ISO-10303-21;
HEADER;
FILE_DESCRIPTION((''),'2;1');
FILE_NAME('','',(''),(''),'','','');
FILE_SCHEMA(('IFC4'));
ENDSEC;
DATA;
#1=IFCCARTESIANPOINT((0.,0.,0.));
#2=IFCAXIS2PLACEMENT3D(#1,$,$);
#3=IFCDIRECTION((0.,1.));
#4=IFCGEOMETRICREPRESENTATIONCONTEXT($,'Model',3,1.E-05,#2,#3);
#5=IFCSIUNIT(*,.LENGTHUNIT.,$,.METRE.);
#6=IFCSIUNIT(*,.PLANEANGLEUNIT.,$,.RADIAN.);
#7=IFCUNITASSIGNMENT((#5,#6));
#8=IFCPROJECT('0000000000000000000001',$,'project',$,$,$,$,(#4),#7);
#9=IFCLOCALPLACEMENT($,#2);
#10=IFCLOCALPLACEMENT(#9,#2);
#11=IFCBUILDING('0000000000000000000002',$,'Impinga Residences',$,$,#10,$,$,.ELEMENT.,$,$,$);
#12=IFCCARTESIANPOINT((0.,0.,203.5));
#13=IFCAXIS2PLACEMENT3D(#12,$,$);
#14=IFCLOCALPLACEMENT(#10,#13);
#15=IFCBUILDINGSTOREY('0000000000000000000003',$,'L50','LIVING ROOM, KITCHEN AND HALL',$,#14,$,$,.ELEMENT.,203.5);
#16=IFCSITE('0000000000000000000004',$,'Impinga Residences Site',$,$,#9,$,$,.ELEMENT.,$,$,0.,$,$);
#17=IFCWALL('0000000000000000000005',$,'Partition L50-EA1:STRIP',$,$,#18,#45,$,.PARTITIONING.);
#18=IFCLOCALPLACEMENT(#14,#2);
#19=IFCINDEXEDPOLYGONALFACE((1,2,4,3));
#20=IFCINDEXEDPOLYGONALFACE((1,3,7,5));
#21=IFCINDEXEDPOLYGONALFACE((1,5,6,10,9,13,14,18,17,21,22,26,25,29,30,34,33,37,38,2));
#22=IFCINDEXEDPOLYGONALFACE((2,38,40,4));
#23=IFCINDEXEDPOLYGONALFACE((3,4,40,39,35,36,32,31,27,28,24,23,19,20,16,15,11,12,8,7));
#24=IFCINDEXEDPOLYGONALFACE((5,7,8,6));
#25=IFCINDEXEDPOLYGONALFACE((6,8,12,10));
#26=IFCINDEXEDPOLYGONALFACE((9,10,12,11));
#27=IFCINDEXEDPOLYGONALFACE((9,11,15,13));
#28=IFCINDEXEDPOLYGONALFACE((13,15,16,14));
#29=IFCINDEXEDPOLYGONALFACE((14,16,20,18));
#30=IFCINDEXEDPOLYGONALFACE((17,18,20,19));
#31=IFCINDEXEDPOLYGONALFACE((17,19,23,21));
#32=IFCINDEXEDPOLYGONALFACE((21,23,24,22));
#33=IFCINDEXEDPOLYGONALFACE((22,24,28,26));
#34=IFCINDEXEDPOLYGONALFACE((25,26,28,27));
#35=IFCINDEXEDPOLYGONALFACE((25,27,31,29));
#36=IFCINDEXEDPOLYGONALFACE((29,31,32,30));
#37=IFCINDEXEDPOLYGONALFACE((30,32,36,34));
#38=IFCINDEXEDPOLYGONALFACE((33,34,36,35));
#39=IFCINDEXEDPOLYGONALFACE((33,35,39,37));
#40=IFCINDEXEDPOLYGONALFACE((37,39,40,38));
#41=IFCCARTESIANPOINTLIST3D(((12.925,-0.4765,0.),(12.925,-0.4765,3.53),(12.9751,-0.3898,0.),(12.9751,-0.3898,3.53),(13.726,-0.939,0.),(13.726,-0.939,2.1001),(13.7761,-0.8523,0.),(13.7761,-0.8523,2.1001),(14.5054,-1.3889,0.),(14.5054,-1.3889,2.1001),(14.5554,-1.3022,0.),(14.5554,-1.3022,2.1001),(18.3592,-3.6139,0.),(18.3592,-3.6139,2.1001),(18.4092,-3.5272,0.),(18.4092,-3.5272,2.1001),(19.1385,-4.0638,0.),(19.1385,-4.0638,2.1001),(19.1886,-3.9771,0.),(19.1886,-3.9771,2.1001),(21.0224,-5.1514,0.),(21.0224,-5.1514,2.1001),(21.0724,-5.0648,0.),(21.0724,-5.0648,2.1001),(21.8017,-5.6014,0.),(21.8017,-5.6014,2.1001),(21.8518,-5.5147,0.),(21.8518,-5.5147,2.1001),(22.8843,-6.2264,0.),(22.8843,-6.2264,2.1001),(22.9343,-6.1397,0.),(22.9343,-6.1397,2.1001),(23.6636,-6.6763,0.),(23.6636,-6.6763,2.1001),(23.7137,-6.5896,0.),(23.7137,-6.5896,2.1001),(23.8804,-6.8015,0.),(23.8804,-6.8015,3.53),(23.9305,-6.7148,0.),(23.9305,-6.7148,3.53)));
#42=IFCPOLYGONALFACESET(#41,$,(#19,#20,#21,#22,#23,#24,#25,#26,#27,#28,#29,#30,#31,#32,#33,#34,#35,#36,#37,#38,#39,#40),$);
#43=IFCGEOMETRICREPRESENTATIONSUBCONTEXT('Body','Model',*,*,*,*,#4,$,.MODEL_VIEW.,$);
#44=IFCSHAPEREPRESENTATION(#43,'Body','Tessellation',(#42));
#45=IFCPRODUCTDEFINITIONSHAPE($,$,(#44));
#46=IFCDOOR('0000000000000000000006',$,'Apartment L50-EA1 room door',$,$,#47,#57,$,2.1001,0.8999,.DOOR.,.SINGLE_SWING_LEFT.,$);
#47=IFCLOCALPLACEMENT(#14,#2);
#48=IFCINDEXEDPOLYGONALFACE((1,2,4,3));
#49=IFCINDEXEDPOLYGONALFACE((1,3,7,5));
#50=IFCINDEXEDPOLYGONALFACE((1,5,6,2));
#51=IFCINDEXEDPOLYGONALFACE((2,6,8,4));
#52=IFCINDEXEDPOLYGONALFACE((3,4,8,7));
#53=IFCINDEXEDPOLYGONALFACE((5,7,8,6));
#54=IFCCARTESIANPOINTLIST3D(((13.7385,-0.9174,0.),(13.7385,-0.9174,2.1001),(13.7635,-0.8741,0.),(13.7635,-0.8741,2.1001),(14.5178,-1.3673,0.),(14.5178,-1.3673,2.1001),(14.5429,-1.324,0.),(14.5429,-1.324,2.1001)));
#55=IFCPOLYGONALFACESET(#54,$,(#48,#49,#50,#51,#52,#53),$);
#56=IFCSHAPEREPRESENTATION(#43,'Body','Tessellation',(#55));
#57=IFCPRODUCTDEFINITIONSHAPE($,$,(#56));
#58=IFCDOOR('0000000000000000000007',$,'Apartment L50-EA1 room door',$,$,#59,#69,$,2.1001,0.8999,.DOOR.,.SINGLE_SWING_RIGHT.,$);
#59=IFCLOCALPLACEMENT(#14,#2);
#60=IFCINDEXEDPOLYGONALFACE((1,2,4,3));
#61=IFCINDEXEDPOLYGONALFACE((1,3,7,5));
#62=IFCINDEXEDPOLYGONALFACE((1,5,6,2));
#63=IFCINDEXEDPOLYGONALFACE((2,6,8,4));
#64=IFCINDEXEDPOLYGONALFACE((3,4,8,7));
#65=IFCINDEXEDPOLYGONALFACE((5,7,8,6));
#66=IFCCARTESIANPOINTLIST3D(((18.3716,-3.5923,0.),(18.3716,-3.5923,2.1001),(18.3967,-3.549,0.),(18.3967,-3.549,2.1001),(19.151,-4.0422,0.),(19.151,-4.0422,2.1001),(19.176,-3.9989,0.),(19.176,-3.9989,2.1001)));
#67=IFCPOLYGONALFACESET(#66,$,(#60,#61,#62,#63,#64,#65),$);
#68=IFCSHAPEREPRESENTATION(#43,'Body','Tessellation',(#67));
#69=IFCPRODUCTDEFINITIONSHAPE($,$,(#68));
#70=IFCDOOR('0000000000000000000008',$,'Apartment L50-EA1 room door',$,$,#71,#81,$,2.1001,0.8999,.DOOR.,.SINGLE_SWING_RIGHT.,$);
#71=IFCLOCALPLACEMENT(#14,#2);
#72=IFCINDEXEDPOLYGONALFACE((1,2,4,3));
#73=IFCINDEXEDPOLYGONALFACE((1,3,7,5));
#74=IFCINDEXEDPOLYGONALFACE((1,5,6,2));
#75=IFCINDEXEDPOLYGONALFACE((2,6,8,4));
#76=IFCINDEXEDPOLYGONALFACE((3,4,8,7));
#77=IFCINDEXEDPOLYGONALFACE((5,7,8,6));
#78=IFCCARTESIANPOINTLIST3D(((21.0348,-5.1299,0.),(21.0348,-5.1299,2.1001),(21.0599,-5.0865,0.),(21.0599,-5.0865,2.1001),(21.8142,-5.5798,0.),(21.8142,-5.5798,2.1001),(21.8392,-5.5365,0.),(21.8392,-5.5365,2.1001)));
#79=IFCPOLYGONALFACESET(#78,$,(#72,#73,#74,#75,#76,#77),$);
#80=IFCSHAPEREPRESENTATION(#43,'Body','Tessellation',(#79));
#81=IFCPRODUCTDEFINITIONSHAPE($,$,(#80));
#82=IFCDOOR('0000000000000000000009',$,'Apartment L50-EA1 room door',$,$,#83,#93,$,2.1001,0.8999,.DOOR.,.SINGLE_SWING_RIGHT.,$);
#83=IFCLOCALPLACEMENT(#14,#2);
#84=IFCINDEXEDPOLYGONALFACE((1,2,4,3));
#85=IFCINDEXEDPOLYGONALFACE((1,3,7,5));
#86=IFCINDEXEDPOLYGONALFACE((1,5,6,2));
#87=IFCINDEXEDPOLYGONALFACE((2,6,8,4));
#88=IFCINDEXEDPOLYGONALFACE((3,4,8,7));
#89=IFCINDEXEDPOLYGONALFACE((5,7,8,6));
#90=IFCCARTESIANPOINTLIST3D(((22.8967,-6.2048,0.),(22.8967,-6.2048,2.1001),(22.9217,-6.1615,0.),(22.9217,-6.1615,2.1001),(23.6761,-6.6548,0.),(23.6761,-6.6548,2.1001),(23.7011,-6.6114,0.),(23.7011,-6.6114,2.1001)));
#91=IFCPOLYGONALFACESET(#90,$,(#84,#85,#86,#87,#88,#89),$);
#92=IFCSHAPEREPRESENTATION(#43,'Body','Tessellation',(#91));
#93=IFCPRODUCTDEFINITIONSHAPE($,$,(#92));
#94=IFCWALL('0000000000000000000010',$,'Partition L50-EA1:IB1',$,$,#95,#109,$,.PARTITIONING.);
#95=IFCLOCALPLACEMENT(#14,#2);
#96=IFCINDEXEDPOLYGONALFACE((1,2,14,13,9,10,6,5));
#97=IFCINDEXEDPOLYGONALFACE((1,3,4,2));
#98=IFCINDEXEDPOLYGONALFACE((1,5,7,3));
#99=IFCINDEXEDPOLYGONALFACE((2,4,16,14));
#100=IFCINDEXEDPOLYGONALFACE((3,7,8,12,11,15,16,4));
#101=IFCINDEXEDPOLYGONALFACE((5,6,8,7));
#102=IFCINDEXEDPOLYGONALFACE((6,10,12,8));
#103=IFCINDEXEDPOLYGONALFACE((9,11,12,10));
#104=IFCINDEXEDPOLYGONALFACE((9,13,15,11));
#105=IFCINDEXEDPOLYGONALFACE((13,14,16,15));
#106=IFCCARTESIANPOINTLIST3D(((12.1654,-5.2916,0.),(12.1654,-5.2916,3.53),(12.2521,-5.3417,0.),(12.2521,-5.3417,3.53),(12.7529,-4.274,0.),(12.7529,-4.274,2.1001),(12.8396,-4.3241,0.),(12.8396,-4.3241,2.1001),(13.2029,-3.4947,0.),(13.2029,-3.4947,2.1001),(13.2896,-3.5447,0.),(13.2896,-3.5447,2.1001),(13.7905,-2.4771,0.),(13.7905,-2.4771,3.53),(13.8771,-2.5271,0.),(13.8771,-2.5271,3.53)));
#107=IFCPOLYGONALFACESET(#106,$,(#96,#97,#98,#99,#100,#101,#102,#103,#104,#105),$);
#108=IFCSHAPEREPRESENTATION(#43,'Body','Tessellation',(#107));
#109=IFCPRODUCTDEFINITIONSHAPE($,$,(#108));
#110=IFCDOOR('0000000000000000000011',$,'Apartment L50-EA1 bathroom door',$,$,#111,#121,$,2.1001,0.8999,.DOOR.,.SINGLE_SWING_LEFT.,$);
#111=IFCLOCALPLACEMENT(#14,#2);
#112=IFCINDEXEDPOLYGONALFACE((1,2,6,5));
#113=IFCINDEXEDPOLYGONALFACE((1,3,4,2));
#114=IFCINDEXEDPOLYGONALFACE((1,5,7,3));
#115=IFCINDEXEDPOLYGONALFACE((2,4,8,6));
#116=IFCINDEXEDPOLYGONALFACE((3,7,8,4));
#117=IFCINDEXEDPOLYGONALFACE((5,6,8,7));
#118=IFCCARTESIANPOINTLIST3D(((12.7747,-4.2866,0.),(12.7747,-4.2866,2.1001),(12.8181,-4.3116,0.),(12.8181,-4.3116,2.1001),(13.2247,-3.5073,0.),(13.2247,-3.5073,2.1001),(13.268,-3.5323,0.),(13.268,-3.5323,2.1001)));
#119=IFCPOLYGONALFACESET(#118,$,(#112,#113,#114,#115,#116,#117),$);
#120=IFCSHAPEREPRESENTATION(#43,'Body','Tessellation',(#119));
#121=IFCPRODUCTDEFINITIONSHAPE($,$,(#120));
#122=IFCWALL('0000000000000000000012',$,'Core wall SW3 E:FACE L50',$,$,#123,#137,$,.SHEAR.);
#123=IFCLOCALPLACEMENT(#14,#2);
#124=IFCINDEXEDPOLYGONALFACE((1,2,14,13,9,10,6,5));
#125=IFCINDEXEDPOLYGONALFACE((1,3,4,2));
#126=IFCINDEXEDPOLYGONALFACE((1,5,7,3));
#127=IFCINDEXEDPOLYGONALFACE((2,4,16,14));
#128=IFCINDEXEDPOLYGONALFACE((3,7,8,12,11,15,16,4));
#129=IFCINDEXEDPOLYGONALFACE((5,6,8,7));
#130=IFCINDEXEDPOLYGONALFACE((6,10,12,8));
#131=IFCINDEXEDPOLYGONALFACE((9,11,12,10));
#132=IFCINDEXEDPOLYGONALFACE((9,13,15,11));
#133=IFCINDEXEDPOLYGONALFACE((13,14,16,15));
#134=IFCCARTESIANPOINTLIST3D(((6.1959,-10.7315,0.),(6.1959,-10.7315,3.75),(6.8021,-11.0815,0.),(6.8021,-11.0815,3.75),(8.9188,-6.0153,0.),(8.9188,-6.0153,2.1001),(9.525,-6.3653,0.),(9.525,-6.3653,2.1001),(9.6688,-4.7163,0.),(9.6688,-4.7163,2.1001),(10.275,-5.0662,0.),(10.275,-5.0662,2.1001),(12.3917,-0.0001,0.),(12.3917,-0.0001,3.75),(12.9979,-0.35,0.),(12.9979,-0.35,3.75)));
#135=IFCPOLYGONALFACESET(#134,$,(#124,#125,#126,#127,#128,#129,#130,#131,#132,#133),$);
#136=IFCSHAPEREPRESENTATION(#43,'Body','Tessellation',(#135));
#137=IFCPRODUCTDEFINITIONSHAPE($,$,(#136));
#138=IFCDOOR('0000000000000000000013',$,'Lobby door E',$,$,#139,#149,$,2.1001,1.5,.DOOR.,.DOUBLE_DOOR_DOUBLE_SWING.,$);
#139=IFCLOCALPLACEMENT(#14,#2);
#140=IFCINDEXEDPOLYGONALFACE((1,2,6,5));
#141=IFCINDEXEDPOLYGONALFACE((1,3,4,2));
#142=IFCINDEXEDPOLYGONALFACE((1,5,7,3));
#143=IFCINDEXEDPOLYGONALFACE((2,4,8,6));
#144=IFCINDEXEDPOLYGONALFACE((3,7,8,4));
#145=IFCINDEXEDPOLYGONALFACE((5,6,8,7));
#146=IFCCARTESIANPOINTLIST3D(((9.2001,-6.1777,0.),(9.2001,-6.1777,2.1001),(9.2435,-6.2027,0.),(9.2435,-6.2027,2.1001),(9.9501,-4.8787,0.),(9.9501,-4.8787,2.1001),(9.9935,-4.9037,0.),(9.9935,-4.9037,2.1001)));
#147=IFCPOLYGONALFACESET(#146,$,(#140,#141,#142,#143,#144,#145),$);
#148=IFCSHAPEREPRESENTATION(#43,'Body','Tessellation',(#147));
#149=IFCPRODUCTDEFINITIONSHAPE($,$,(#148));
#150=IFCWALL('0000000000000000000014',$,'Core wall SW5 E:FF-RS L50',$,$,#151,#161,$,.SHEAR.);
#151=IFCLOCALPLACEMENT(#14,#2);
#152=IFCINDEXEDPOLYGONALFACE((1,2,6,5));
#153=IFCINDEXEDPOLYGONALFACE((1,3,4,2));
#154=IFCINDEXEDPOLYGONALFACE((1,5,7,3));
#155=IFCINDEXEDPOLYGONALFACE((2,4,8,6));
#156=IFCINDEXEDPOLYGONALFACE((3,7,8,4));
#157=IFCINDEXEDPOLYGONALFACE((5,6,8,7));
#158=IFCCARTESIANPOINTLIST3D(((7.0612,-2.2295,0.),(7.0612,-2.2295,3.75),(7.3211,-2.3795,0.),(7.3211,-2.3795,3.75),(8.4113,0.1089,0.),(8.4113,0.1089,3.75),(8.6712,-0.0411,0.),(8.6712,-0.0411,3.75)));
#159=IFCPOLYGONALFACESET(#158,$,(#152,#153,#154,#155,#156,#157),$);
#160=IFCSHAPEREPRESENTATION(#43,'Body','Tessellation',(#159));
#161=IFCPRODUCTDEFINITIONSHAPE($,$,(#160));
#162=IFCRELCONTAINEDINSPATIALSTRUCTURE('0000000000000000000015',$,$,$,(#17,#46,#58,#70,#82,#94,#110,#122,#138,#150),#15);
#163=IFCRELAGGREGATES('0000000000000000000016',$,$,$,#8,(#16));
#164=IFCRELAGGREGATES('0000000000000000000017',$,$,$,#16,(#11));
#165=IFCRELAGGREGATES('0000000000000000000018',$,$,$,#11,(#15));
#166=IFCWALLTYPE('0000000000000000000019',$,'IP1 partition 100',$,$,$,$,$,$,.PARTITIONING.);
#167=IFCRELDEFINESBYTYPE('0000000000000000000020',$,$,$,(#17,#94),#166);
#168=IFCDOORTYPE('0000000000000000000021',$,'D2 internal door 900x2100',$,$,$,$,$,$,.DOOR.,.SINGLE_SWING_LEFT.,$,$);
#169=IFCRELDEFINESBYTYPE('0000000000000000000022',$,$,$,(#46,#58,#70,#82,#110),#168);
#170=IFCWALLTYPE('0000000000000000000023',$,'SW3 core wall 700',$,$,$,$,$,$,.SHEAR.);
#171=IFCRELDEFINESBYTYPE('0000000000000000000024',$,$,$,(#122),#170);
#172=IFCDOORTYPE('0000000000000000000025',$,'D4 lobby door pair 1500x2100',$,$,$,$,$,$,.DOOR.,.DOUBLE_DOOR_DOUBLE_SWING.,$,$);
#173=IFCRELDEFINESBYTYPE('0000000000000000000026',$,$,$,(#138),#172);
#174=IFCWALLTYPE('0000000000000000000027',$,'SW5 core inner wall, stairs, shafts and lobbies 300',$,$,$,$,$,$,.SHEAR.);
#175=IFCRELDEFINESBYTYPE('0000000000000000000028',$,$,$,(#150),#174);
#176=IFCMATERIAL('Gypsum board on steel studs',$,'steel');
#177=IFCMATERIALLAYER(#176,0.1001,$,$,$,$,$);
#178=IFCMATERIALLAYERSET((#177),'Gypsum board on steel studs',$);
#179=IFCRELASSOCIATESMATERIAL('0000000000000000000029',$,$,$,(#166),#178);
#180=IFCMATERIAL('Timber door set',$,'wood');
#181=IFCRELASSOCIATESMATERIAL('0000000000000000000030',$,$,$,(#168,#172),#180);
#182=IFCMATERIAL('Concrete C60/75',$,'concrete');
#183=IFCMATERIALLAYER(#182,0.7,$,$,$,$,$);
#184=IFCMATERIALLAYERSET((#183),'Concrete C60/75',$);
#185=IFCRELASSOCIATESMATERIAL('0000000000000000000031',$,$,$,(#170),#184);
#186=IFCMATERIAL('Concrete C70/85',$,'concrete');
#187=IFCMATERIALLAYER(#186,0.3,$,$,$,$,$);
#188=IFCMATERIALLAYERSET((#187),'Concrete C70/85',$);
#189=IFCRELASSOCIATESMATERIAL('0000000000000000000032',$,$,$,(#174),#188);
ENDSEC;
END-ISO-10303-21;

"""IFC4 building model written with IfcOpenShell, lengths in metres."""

from ifc_helpers import new_model, si_unit, direction, frame, frame_2d, origin, place, context, subcontext, project, spatial, rectangle, extrude, material, layer, layer_set, type_object, element, fill, save


model = new_model("IFC4")

# Units and contexts
model_context = context("Model", 3, precision=1e-05, world=origin(), true_north=direction((0.0, 1.0)))
body_context = subcontext(model_context, "Body", "Model", "MODEL_VIEW")
ifc_project = project(units=[si_unit("LENGTHUNIT", "METRE"), si_unit("PLANEANGLEUNIT", "RADIAN")], contexts=[model_context])

# Site, building, storey
site_placement = place(None, origin())
site = spatial("IfcSite", under=ifc_project, at=site_placement, Name="Impinga Residences Site", CompositionType="ELEMENT", RefElevation=0.0)
building_placement = place(site_placement, origin())
building = spatial("IfcBuilding", under=site, at=building_placement, Name="Impinga Residences", CompositionType="ELEMENT")
storey_placement = place(building_placement, frame((0.0, 0.0, 203.5)))
storey = spatial("IfcBuildingStorey", under=building, at=storey_placement, Name="L50", Description="LIVING ROOM, KITCHEN AND HALL", CompositionType="ELEMENT", Elevation=203.5)

# Shared definitions
ifc_material_1 = material(Name="Concrete C60/75", Category="concrete")

# Shared definitions
ifc_material_2 = material(Name="Timber door set", Category="wood")

# Shared definitions
ifc_material_3 = material(Name="Gypsum board on steel studs", Category="steel")
ifc_layer_1 = layer(ifc_material_3, 0.1001)
ifc_layer_set_1 = layer_set([ifc_layer_1], Name="Gypsum board on steel studs")
wall_type_1 = type_object("IfcWallType", Name="IP1 partition 100", PredefinedType="PARTITIONING", material=ifc_layer_set_1)

# Wall, openings, doors
wall_1_placement = place(storey_placement, frame((12.95, -0.4331, 0.0), z_axis=(0.0, 0.0, 1.0), x_axis=(0.866029, -0.499994, 0.0)))
wall_1 = element("IfcWall", 1, at=wall_1_placement, inside=storey, type_object=wall_type_1, Name="Partition L50-EA1:STRIP", PredefinedType="PARTITIONING", context=body_context, shape_type="SweptSolid", body=[
    extrude(rectangle(XDim=12.6501, YDim=0.1001, at=frame_2d((6.3252, 0.0))), origin(), (0.0, 0.0, 1.0), 3.53),
])
opening_1_placement = place(wall_1_placement, frame((0.925, 0.0, 0.0)))
opening_1 = element("IfcOpeningElement", 2, at=opening_1_placement, cuts=wall_1, PredefinedType="OPENING", context=body_context, shape_type="SweptSolid", body=[
    extrude(rectangle(XDim=0.8999, YDim=2.1001, at=frame_2d((0.45, 1.05))), frame((0.0, 0.0601, 0.0), z_axis=(0.0, -1.0, 0.0), x_axis=(1.0, 0.0, 0.0)), (0.0, 0.0, 1.0), 0.1201),
])
opening_2_placement = place(wall_1_placement, frame((6.2749, 0.0, 0.0)))
opening_2 = element("IfcOpeningElement", 3, at=opening_2_placement, cuts=wall_1, PredefinedType="OPENING", context=body_context, shape_type="SweptSolid", body=[
    extrude(rectangle(XDim=0.8999, YDim=2.1001, at=frame_2d((0.45, 1.05))), frame((0.0, 0.0601, 0.0), z_axis=(0.0, -1.0, 0.0), x_axis=(1.0, 0.0, 0.0)), (0.0, 0.0, 1.0), 0.1201),
])
opening_3_placement = place(wall_1_placement, frame((9.3501, 0.0, 0.0)))
opening_3 = element("IfcOpeningElement", 4, at=opening_3_placement, cuts=wall_1, PredefinedType="OPENING", context=body_context, shape_type="SweptSolid", body=[
    extrude(rectangle(XDim=0.8999, YDim=2.1001, at=frame_2d((0.45, 1.05))), frame((0.0, 0.0601, 0.0), z_axis=(0.0, -1.0, 0.0), x_axis=(1.0, 0.0, 0.0)), (0.0, 0.0, 1.0), 0.1201),
])
opening_4_placement = place(wall_1_placement, frame((11.5, 0.0, 0.0)))
opening_4 = element("IfcOpeningElement", 5, at=opening_4_placement, cuts=wall_1, PredefinedType="OPENING", context=body_context, shape_type="SweptSolid", body=[
    extrude(rectangle(XDim=0.8999, YDim=2.1001, at=frame_2d((0.45, 1.05))), frame((0.0, 0.0601, 0.0), z_axis=(0.0, -1.0, 0.0), x_axis=(1.0, 0.0, 0.0)), (0.0, 0.0, 1.0), 0.1201),
])
door_type_1 = type_object("IfcDoorType", Name="D2 internal door 900x2100", OperationType="SINGLE_SWING_LEFT", PredefinedType="DOOR", material=ifc_material_2)
door_1_placement = place(opening_1_placement, origin())
door_1 = element("IfcDoor", 6, at=door_1_placement, inside=storey, type_object=door_type_1, Name="Apartment L50-EA1 room door", OperationType="SINGLE_SWING_LEFT", OverallHeight=2.1001, OverallWidth=0.8999, PredefinedType="DOOR", context=body_context, shape_type="SweptSolid", body=[
    extrude(rectangle(XDim=0.8999, YDim=2.1001, at=frame_2d((0.45, 1.05))), frame((0.0, 0.0249, 0.0), z_axis=(0.0, -1.0, 0.0), x_axis=(1.0, 0.0, 0.0)), (0.0, 0.0, 1.0), 0.05),
])
fill(opening_1, door_1)
door_2_placement = place(opening_2_placement, origin())
door_2 = element("IfcDoor", 7, at=door_2_placement, inside=storey, type_object=door_type_1, Name="Apartment L50-EA1 room door", OperationType="SINGLE_SWING_RIGHT", OverallHeight=2.1001, OverallWidth=0.8999, PredefinedType="DOOR", context=body_context, shape_type="SweptSolid", body=[
    extrude(rectangle(XDim=0.8999, YDim=2.1001, at=frame_2d((0.45, 1.05))), frame((0.0, 0.0249, 0.0), z_axis=(0.0, -1.0, 0.0), x_axis=(1.0, 0.0, 0.0)), (0.0, 0.0, 1.0), 0.05),
])
fill(opening_2, door_2)
door_3_placement = place(opening_3_placement, origin())
door_3 = element("IfcDoor", 8, at=door_3_placement, inside=storey, type_object=door_type_1, Name="Apartment L50-EA1 room door", OperationType="SINGLE_SWING_RIGHT", OverallHeight=2.1001, OverallWidth=0.8999, PredefinedType="DOOR", context=body_context, shape_type="SweptSolid", body=[
    extrude(rectangle(XDim=0.8999, YDim=2.1001, at=frame_2d((0.45, 1.05))), frame((0.0, 0.0249, 0.0), z_axis=(0.0, -1.0, 0.0), x_axis=(1.0, 0.0, 0.0)), (0.0, 0.0, 1.0), 0.05),
])
fill(opening_3, door_3)
door_4_placement = place(opening_4_placement, origin())
door_4 = element("IfcDoor", 9, at=door_4_placement, inside=storey, type_object=door_type_1, Name="Apartment L50-EA1 room door", OperationType="SINGLE_SWING_RIGHT", OverallHeight=2.1001, OverallWidth=0.8999, PredefinedType="DOOR", context=body_context, shape_type="SweptSolid", body=[
    extrude(rectangle(XDim=0.8999, YDim=2.1001, at=frame_2d((0.45, 1.05))), frame((0.0, 0.0249, 0.0), z_axis=(0.0, -1.0, 0.0), x_axis=(1.0, 0.0, 0.0)), (0.0, 0.0, 1.0), 0.05),
])
fill(opening_4, door_4)

# Walls, openings, doors
wall_2_placement = place(storey_placement, frame((12.2087, -5.3167, 0.0), z_axis=(0.0, 0.0, 1.0), x_axis=(0.500017, 0.866015, 0.0)))
wall_2 = element("IfcWall", 10, at=wall_2_placement, inside=storey, type_object=wall_type_1, Name="Partition L50-EA1:IB1", PredefinedType="PARTITIONING", context=body_context, shape_type="SweptSolid", body=[
    extrude(rectangle(XDim=3.25, YDim=0.1001, at=frame_2d((1.625, 0.0))), origin(), (0.0, 0.0, 1.0), 3.53),
])
opening_5_placement = place(wall_2_placement, frame((1.175, 0.0, 0.0)))
opening_5 = element("IfcOpeningElement", 11, at=opening_5_placement, cuts=wall_2, PredefinedType="OPENING", context=body_context, shape_type="SweptSolid", body=[
    extrude(rectangle(XDim=0.8999, YDim=2.1001, at=frame_2d((0.45, 1.05))), frame((0.0, 0.0601, 0.0), z_axis=(0.0, -1.0, 0.0), x_axis=(1.0, 0.0, 0.0)), (0.0, 0.0, 1.0), 0.1201),
])
door_5_placement = place(opening_5_placement, origin())
door_5 = element("IfcDoor", 12, at=door_5_placement, inside=storey, type_object=door_type_1, Name="Apartment L50-EA1 bathroom door", OperationType="SINGLE_SWING_LEFT", OverallHeight=2.1001, OverallWidth=0.8999, PredefinedType="DOOR", context=body_context, shape_type="SweptSolid", body=[
    extrude(rectangle(XDim=0.8999, YDim=2.1001, at=frame_2d((0.45, 1.05))), frame((0.0, 0.0249, 0.0), z_axis=(0.0, -1.0, 0.0), x_axis=(1.0, 0.0, 0.0)), (0.0, 0.0, 1.0), 0.05),
])
fill(opening_5, door_5)
ifc_layer_2 = layer(ifc_material_1, 0.7)
ifc_layer_set_2 = layer_set([ifc_layer_2], Name="Concrete C60/75")
wall_type_2 = type_object("IfcWallType", Name="SW3 core wall 700", PredefinedType="SHEAR", material=ifc_layer_set_2)
wall_3_placement = place(storey_placement, frame((12.6948, -0.175, 0.0), z_axis=(0.0, 0.0, 1.0), x_axis=(-0.5, -0.866025, 0.0)))
wall_3 = element("IfcWall", 13, at=wall_3_placement, inside=storey, type_object=wall_type_2, Name="Core wall SW3 E:FACE L50", PredefinedType="SHEAR", context=body_context, shape_type="SweptSolid", body=[
    extrude(rectangle(XDim=12.3916, YDim=0.7, at=frame_2d((6.1958, 0.0))), origin(), (0.0, 0.0, 1.0), 3.75),
])
opening_6_placement = place(wall_3_placement, frame((5.4458, 0.0, 0.0)))
opening_6 = element("IfcOpeningElement", 14, at=opening_6_placement, cuts=wall_3, PredefinedType="OPENING", context=body_context, shape_type="SweptSolid", body=[
    extrude(rectangle(XDim=1.5, YDim=2.1001, at=frame_2d((0.75, 1.05))), frame((0.0, 0.3599, 0.0), z_axis=(0.0, -1.0, 0.0), x_axis=(1.0, 0.0, 0.0)), (0.0, 0.0, 1.0), 0.72),
])
door_type_2 = type_object("IfcDoorType", Name="D4 lobby door pair 1500x2100", OperationType="DOUBLE_DOOR_DOUBLE_SWING", PredefinedType="DOOR", material=ifc_material_2)
door_6_placement = place(opening_6_placement, origin())
door_6 = element("IfcDoor", 15, at=door_6_placement, inside=storey, type_object=door_type_2, Name="Lobby door E", OperationType="DOUBLE_DOOR_DOUBLE_SWING", OverallHeight=2.1001, OverallWidth=1.5, PredefinedType="DOOR", context=body_context, shape_type="SweptSolid", body=[
    extrude(rectangle(XDim=1.5, YDim=2.1001, at=frame_2d((0.75, 1.05))), frame((0.0, 0.0249, 0.0), z_axis=(0.0, -1.0, 0.0), x_axis=(1.0, 0.0, 0.0)), (0.0, 0.0, 1.0), 0.05),
])
fill(opening_6, door_6)

# Wall
ifc_material_4 = material(Name="Concrete C70/85", Category="concrete")
ifc_layer_3 = layer(ifc_material_4, 0.3)
ifc_layer_set_3 = layer_set([ifc_layer_3], Name="Concrete C70/85")
wall_type_3 = type_object("IfcWallType", Name="SW5 core inner wall, stairs, shafts and lobbies 300", PredefinedType="SHEAR", material=ifc_layer_set_3)
wall_4_placement = place(storey_placement, frame((8.5413, 0.0339, 0.0), z_axis=(0.0, 0.0, 1.0), x_axis=(-0.500009, -0.86602, 0.0)))
element("IfcWall", 16, at=wall_4_placement, inside=storey, type_object=wall_type_3, Name="Core wall SW5 E:FF-RS L50", PredefinedType="SHEAR", context=body_context, shape_type="SweptSolid", body=[
    extrude(rectangle(XDim=2.7002, YDim=0.3, at=frame_2d((1.3501, 0.0))), origin(), (0.0, 0.0, 1.0), 3.75),
])

save(model, "model.ifc")
